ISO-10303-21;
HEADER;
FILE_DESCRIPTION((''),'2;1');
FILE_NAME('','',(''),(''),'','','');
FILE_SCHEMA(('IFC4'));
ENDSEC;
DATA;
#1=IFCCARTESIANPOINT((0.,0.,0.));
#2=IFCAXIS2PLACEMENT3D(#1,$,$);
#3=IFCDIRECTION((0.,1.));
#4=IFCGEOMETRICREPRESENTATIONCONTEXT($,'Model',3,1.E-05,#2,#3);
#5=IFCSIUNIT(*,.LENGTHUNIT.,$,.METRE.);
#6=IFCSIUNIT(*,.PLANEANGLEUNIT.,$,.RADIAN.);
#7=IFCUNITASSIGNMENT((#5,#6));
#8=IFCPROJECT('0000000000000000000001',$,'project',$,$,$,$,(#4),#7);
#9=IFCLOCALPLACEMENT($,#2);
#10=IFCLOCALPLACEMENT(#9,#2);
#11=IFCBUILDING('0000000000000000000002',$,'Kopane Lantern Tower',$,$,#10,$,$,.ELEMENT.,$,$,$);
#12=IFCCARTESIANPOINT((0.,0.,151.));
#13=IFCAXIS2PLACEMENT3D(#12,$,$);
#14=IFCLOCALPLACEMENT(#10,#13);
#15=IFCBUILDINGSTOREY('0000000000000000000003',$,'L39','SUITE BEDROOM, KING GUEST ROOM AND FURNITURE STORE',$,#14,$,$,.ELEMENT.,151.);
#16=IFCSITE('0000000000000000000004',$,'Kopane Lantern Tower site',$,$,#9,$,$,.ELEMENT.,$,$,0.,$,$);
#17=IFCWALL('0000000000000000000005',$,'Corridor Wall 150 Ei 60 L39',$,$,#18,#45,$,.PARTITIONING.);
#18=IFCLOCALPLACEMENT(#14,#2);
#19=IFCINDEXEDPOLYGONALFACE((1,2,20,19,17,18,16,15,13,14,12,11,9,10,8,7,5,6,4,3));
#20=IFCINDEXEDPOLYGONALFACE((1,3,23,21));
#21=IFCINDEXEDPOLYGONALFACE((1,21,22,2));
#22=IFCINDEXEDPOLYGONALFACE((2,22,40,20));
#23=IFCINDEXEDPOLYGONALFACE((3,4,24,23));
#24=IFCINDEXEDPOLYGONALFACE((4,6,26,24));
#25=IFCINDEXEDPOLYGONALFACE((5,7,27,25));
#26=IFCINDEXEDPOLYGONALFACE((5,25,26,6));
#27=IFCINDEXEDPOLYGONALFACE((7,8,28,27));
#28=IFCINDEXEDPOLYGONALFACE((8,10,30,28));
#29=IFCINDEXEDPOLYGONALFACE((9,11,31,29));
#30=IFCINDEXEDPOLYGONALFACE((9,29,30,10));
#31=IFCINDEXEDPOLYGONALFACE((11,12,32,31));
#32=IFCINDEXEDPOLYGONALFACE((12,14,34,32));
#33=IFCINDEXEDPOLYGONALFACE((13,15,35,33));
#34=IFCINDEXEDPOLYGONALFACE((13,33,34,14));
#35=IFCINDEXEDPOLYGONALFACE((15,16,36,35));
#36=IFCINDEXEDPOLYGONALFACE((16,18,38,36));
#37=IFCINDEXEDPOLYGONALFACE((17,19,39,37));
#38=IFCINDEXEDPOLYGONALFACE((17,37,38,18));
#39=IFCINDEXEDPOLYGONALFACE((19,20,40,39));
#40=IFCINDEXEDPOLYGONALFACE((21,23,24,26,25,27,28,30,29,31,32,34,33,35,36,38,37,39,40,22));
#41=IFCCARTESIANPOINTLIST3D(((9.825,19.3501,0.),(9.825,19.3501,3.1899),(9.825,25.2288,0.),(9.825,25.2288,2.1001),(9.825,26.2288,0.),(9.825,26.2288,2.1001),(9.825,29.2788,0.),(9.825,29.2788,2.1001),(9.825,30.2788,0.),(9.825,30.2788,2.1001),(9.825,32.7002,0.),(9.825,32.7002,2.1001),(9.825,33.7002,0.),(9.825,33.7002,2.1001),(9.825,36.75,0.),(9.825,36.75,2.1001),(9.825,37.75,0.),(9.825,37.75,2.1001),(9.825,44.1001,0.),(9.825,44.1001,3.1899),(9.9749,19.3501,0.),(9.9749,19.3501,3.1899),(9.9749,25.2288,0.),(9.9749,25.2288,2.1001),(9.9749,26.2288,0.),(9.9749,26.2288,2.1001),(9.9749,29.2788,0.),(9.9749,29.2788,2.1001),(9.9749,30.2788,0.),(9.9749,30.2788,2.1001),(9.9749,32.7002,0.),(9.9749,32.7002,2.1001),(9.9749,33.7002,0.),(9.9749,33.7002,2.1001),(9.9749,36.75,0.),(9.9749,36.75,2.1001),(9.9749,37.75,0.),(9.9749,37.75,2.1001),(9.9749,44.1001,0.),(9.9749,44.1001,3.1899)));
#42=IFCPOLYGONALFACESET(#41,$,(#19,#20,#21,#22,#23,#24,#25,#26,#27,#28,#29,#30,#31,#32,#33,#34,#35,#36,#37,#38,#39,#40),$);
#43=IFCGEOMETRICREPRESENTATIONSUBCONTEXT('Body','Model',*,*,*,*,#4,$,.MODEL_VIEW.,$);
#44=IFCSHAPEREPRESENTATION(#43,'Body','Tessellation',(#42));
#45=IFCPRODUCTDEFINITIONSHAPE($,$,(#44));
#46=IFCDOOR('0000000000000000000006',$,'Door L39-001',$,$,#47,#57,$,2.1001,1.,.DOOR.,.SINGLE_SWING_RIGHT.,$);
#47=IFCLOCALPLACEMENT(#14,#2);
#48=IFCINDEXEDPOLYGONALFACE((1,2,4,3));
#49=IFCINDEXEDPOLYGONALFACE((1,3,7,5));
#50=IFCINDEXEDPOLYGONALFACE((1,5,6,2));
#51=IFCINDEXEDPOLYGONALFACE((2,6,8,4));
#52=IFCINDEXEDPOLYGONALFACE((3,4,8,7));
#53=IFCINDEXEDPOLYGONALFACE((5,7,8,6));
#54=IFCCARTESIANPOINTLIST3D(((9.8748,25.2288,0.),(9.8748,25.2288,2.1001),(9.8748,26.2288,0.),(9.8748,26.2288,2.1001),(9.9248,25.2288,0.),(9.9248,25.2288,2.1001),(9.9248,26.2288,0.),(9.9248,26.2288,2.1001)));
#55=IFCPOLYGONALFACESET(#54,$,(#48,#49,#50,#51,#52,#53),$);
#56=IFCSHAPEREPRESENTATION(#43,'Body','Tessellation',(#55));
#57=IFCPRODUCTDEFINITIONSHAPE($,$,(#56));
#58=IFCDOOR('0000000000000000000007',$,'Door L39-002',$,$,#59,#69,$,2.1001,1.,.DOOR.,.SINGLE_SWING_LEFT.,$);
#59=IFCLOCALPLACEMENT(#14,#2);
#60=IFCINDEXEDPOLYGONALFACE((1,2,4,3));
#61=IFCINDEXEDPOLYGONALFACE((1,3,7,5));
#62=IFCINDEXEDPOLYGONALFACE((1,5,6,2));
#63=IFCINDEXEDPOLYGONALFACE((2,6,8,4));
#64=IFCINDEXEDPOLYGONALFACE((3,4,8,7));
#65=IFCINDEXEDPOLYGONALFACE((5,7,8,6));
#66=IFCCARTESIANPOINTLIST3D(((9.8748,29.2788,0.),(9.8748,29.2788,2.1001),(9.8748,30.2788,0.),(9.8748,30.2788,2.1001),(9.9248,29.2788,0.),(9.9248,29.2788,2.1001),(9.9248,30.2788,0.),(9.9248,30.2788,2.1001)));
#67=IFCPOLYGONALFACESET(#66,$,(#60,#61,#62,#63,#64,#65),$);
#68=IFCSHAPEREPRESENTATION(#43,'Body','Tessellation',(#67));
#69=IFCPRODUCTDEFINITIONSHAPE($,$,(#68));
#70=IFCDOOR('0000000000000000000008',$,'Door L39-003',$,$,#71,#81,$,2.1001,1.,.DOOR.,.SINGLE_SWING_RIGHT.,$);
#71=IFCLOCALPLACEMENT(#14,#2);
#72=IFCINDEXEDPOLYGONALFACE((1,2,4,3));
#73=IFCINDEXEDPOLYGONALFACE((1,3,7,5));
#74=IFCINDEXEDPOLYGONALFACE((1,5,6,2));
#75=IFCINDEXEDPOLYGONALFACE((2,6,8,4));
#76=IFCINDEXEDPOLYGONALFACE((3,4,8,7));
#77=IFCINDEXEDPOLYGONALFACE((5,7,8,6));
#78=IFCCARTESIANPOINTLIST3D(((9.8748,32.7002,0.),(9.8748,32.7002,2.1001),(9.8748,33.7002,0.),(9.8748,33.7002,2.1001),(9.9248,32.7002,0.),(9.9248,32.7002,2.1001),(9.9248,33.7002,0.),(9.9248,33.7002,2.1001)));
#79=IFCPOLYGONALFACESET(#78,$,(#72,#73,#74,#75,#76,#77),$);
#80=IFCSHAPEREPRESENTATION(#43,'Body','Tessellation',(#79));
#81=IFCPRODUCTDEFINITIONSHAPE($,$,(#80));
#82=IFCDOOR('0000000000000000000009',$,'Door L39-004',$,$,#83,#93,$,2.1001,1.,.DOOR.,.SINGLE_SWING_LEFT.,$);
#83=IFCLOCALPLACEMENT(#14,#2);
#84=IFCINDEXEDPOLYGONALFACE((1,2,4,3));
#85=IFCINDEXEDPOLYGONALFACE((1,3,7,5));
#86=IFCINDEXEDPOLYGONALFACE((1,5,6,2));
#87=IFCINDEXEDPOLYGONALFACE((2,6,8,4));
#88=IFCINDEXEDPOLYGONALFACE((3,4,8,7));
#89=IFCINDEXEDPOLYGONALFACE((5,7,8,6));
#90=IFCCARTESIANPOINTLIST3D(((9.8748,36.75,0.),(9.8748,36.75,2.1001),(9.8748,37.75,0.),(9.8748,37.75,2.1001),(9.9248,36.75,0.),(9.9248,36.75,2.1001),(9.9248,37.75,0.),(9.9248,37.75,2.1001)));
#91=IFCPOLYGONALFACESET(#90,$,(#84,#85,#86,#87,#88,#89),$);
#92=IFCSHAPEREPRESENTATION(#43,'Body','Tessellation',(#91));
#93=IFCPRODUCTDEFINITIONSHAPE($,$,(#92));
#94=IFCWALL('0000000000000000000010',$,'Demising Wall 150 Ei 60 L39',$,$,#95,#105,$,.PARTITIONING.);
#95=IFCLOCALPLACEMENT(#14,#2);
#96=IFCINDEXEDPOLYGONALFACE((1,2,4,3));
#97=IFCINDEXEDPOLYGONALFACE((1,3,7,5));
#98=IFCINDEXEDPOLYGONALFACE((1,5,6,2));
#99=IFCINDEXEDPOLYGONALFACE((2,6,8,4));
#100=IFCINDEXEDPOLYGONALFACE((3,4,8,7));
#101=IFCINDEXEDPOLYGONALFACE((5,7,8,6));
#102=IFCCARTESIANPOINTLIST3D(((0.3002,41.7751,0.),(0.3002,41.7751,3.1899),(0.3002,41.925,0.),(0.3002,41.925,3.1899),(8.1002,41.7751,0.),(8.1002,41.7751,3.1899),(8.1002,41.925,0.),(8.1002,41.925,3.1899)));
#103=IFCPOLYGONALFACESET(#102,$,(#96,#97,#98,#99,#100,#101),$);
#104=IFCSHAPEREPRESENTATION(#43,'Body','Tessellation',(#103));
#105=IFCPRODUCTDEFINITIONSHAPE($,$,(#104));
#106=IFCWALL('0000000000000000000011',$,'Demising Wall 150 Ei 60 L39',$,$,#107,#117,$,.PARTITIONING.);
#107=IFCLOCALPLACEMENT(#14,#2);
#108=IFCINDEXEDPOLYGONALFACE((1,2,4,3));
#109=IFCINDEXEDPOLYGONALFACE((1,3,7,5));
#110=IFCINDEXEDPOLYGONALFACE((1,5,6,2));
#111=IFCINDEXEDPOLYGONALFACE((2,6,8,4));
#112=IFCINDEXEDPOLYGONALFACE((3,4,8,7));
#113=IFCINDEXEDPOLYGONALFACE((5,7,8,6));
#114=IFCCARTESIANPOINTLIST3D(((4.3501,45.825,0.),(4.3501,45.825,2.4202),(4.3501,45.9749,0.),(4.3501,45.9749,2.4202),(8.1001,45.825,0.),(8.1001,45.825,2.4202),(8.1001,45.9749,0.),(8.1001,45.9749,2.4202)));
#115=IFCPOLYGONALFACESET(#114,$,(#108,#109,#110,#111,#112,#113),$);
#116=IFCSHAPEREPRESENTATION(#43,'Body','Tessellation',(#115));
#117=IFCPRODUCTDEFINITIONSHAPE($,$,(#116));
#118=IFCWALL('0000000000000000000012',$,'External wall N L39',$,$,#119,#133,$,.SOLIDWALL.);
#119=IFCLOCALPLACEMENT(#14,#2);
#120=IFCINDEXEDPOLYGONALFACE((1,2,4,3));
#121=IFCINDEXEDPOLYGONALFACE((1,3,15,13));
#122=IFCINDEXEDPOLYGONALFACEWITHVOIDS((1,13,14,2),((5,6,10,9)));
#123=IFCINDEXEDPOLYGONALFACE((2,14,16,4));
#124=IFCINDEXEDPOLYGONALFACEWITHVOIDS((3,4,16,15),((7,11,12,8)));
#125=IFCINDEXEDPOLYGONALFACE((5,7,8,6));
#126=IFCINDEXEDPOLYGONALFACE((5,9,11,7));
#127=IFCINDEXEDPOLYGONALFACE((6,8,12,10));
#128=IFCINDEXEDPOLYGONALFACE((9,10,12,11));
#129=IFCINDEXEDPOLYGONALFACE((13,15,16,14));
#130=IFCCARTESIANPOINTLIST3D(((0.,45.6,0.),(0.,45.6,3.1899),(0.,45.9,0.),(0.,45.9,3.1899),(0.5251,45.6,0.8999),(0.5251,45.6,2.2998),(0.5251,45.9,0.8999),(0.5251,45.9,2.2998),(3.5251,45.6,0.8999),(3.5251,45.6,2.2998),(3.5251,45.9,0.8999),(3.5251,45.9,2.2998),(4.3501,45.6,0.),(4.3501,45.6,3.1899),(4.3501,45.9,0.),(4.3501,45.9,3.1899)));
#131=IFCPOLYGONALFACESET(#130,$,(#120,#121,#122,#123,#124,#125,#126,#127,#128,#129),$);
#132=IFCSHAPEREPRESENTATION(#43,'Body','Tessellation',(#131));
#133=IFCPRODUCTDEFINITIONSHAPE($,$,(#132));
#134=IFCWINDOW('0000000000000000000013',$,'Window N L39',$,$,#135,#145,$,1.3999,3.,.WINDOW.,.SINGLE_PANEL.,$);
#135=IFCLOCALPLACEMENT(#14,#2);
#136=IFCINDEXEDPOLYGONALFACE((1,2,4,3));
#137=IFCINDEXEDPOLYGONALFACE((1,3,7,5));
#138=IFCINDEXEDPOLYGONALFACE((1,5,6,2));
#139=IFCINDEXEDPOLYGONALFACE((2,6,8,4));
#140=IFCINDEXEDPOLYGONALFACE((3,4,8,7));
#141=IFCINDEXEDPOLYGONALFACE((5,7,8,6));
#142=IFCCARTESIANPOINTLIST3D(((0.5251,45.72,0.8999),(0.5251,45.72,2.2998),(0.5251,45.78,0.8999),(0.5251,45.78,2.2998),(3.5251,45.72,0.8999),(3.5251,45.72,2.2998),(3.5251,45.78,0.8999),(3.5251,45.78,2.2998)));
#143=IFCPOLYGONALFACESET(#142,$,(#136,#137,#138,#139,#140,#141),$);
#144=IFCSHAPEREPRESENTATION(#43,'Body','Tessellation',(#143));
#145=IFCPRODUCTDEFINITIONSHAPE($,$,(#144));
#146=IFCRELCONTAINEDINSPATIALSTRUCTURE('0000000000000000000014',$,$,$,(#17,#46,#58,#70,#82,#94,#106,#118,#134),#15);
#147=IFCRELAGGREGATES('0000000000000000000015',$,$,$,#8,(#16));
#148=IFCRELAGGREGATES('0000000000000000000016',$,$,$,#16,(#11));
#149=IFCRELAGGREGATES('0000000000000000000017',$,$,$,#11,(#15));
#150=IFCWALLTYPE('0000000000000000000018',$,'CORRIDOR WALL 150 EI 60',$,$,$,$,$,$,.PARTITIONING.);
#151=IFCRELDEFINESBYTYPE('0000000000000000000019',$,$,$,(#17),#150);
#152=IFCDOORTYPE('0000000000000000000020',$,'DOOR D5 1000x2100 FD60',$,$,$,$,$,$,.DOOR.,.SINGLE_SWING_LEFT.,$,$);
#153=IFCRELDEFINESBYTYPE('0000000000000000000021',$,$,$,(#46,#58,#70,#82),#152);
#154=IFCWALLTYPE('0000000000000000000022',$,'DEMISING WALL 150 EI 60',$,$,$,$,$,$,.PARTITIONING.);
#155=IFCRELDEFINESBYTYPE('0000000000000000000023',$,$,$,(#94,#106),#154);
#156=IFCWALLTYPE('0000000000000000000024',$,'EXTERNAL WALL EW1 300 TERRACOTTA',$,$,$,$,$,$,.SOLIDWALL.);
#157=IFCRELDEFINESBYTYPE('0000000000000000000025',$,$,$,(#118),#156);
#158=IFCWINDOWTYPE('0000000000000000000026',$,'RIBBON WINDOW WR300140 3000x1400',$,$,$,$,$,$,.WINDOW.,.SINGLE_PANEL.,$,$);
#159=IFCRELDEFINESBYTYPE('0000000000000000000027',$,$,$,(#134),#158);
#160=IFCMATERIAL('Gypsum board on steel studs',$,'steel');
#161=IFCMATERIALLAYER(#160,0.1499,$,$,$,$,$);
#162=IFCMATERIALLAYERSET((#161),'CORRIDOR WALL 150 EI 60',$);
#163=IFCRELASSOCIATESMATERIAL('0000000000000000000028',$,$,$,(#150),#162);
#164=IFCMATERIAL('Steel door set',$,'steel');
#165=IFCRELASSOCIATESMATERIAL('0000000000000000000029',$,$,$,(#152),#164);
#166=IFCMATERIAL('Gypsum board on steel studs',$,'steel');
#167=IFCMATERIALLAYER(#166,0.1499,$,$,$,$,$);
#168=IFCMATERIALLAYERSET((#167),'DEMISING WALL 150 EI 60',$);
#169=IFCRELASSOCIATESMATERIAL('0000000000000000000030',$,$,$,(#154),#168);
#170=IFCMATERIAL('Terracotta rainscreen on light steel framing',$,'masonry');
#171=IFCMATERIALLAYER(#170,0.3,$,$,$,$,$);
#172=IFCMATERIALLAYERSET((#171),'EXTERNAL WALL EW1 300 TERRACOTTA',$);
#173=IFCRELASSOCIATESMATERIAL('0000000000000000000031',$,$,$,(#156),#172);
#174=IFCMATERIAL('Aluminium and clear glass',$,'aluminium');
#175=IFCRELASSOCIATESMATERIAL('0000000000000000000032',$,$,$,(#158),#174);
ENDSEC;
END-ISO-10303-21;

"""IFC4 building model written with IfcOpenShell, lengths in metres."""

from ifc_helpers import new_model, si_unit, direction, frame, frame_2d, origin, place, context, subcontext, project, spatial, rectangle, extrude, material, layer, layer_set, type_object, element, fill, save


model = new_model("IFC4")

# Units and contexts
model_context = context("Model", 3, precision=1e-05, world=origin(), true_north=direction((0.0, 1.0)))
body_context = subcontext(model_context, "Body", "Model", "MODEL_VIEW")
ifc_project = project(units=[si_unit("LENGTHUNIT", "METRE"), si_unit("PLANEANGLEUNIT", "RADIAN")], contexts=[model_context])

# Site, building, storey
site_placement = place(None, origin())
site = spatial("IfcSite", under=ifc_project, at=site_placement, Name="Kopane Lantern Tower site", CompositionType="ELEMENT", RefElevation=0.0)
building_placement = place(site_placement, origin())
building = spatial("IfcBuilding", under=site, at=building_placement, Name="Kopane Lantern Tower", CompositionType="ELEMENT")
storey_placement = place(building_placement, frame((0.0, 0.0, 151.0)))
storey = spatial("IfcBuildingStorey", under=building, at=storey_placement, Name="L39", Description="SUITE BEDROOM, KING GUEST ROOM AND FURNITURE STORE", CompositionType="ELEMENT", Elevation=151.0)

# Wall, openings, doors
ifc_material_1 = material(Name="Gypsum board on steel studs", Category="steel")
ifc_layer_1 = layer(ifc_material_1, 0.1499)
ifc_layer_set_1 = layer_set([ifc_layer_1], Name="CORRIDOR WALL 150 EI 60")
wall_type_1 = type_object("IfcWallType", Name="CORRIDOR WALL 150 EI 60", PredefinedType="PARTITIONING", material=ifc_layer_set_1)
wall_1_placement = place(storey_placement, frame((9.8999, 44.1001, 0.0), z_axis=(0.0, 0.0, 1.0), x_axis=(0.0, -1.0, 0.0)))
wall_1 = element("IfcWall", 1, at=wall_1_placement, inside=storey, type_object=wall_type_1, Name="Corridor Wall 150 Ei 60 L39", PredefinedType="PARTITIONING", context=body_context, shape_type="SweptSolid", body=[
    extrude(rectangle(XDim=24.75, YDim=0.1499, at=frame_2d((12.375, 0.0))), origin(), (0.0, 0.0, 1.0), 3.1899),
])
opening_1_placement = place(wall_1_placement, frame((17.8713, 0.0, 0.0)))
opening_1 = element("IfcOpeningElement", 2, at=opening_1_placement, cuts=wall_1, PredefinedType="OPENING", context=body_context, shape_type="SweptSolid", body=[
    extrude(rectangle(XDim=1.0, YDim=2.1001, at=frame_2d((0.5, 1.05))), frame((0.0, 0.085, 0.0), z_axis=(0.0, -1.0, 0.0), x_axis=(1.0, 0.0, 0.0)), (0.0, 0.0, 1.0), 0.1699),
])
opening_2_placement = place(wall_1_placement, frame((13.8213, 0.0, 0.0)))
opening_2 = element("IfcOpeningElement", 3, at=opening_2_placement, cuts=wall_1, PredefinedType="OPENING", context=body_context, shape_type="SweptSolid", body=[
    extrude(rectangle(XDim=1.0, YDim=2.1001, at=frame_2d((0.5, 1.05))), frame((0.0, 0.085, 0.0), z_axis=(0.0, -1.0, 0.0), x_axis=(1.0, 0.0, 0.0)), (0.0, 0.0, 1.0), 0.1699),
])
opening_3_placement = place(wall_1_placement, frame((10.3999, 0.0, 0.0)))
opening_3 = element("IfcOpeningElement", 4, at=opening_3_placement, cuts=wall_1, PredefinedType="OPENING", context=body_context, shape_type="SweptSolid", body=[
    extrude(rectangle(XDim=1.0, YDim=2.1001, at=frame_2d((0.5, 1.05))), frame((0.0, 0.085, 0.0), z_axis=(0.0, -1.0, 0.0), x_axis=(1.0, 0.0, 0.0)), (0.0, 0.0, 1.0), 0.1699),
])
opening_4_placement = place(wall_1_placement, frame((6.3501, 0.0, 0.0)))
opening_4 = element("IfcOpeningElement", 5, at=opening_4_placement, cuts=wall_1, PredefinedType="OPENING", context=body_context, shape_type="SweptSolid", body=[
    extrude(rectangle(XDim=1.0, YDim=2.1001, at=frame_2d((0.5, 1.05))), frame((0.0, 0.085, 0.0), z_axis=(0.0, -1.0, 0.0), x_axis=(1.0, 0.0, 0.0)), (0.0, 0.0, 1.0), 0.1699),
])
ifc_material_2 = material(Name="Steel door set", Category="steel")
door_type_1 = type_object("IfcDoorType", Name="DOOR D5 1000x2100 FD60", OperationType="SINGLE_SWING_LEFT", PredefinedType="DOOR", material=ifc_material_2)
door_1_placement = place(opening_1_placement, origin())
door_1 = element("IfcDoor", 6, at=door_1_placement, inside=storey, type_object=door_type_1, Name="Door L39-001", OperationType="SINGLE_SWING_RIGHT", OverallHeight=2.1001, OverallWidth=1.0, PredefinedType="DOOR", context=body_context, shape_type="SweptSolid", body=[
    extrude(rectangle(XDim=1.0, YDim=2.1001, at=frame_2d((0.5, 1.05))), frame((0.0, 0.0249, 0.0), z_axis=(0.0, -1.0, 0.0), x_axis=(1.0, 0.0, 0.0)), (0.0, 0.0, 1.0), 0.05),
])
fill(opening_1, door_1)
door_2_placement = place(opening_2_placement, origin())
door_2 = element("IfcDoor", 7, at=door_2_placement, inside=storey, type_object=door_type_1, Name="Door L39-002", OperationType="SINGLE_SWING_LEFT", OverallHeight=2.1001, OverallWidth=1.0, PredefinedType="DOOR", context=body_context, shape_type="SweptSolid", body=[
    extrude(rectangle(XDim=1.0, YDim=2.1001, at=frame_2d((0.5, 1.05))), frame((0.0, 0.0249, 0.0), z_axis=(0.0, -1.0, 0.0), x_axis=(1.0, 0.0, 0.0)), (0.0, 0.0, 1.0), 0.05),
])
fill(opening_2, door_2)
door_3_placement = place(opening_3_placement, origin())
door_3 = element("IfcDoor", 8, at=door_3_placement, inside=storey, type_object=door_type_1, Name="Door L39-003", OperationType="SINGLE_SWING_RIGHT", OverallHeight=2.1001, OverallWidth=1.0, PredefinedType="DOOR", context=body_context, shape_type="SweptSolid", body=[
    extrude(rectangle(XDim=1.0, YDim=2.1001, at=frame_2d((0.5, 1.05))), frame((0.0, 0.0249, 0.0), z_axis=(0.0, -1.0, 0.0), x_axis=(1.0, 0.0, 0.0)), (0.0, 0.0, 1.0), 0.05),
])
fill(opening_3, door_3)
door_4_placement = place(opening_4_placement, origin())
door_4 = element("IfcDoor", 9, at=door_4_placement, inside=storey, type_object=door_type_1, Name="Door L39-004", OperationType="SINGLE_SWING_LEFT", OverallHeight=2.1001, OverallWidth=1.0, PredefinedType="DOOR", context=body_context, shape_type="SweptSolid", body=[
    extrude(rectangle(XDim=1.0, YDim=2.1001, at=frame_2d((0.5, 1.05))), frame((0.0, 0.0249, 0.0), z_axis=(0.0, -1.0, 0.0), x_axis=(1.0, 0.0, 0.0)), (0.0, 0.0, 1.0), 0.05),
])
fill(opening_4, door_4)

# Walls
ifc_material_3 = material(Name="Gypsum board on steel studs", Category="steel")
ifc_layer_2 = layer(ifc_material_3, 0.1499)
ifc_layer_set_2 = layer_set([ifc_layer_2], Name="DEMISING WALL 150 EI 60")
wall_type_2 = type_object("IfcWallType", Name="DEMISING WALL 150 EI 60", PredefinedType="PARTITIONING", material=ifc_layer_set_2)
wall_2_placement = place(storey_placement, frame((8.1001, 41.8501, 0.0), z_axis=(0.0, 0.0, 1.0), x_axis=(-1.0, 0.0, 0.0)))
element("IfcWall", 10, at=wall_2_placement, inside=storey, type_object=wall_type_2, Name="Demising Wall 150 Ei 60 L39", PredefinedType="PARTITIONING", context=body_context, shape_type="SweptSolid", body=[
    extrude(rectangle(XDim=7.8, YDim=0.1499, at=frame_2d((3.8999, 0.0))), origin(), (0.0, 0.0, 1.0), 3.1899),
])
wall_3_placement = place(storey_placement, frame((4.3501, 45.8999, 0.0), z_axis=(0.0, 0.0, 1.0), x_axis=(1.0, 0.0, 0.0)))
element("IfcWall", 11, at=wall_3_placement, inside=storey, type_object=wall_type_2, Name="Demising Wall 150 Ei 60 L39", PredefinedType="PARTITIONING", context=body_context, shape_type="SweptSolid", body=[
    extrude(rectangle(XDim=3.75, YDim=0.1499, at=frame_2d((1.875, 0.0))), origin(), (0.0, 0.0, 1.0), 2.4202),
])

# Wall, opening, window
ifc_material_4 = material(Name="Terracotta rainscreen on light steel framing", Category="masonry")
ifc_layer_3 = layer(ifc_material_4, 0.3)
ifc_layer_set_3 = layer_set([ifc_layer_3], Name="EXTERNAL WALL EW1 300 TERRACOTTA")
wall_type_3 = type_object("IfcWallType", Name="EXTERNAL WALL EW1 300 TERRACOTTA", PredefinedType="SOLIDWALL", material=ifc_layer_set_3)
wall_4_placement = place(storey_placement, frame((4.3501, 45.75, 0.0), z_axis=(0.0, 0.0, 1.0), x_axis=(-1.0, 0.0, 0.0)))
wall_4 = element("IfcWall", 12, at=wall_4_placement, inside=storey, type_object=wall_type_3, Name="External wall N L39", PredefinedType="SOLIDWALL", context=body_context, shape_type="SweptSolid", body=[
    extrude(rectangle(XDim=4.3501, YDim=0.3, at=frame_2d((2.175, 0.0))), origin(), (0.0, 0.0, 1.0), 3.1899),
])
opening_5_placement = place(wall_4_placement, frame((0.825, 0.0, 0.8999)))
opening_5 = element("IfcOpeningElement", 13, at=opening_5_placement, cuts=wall_4, PredefinedType="OPENING", context=body_context, shape_type="SweptSolid", body=[
    extrude(rectangle(XDim=3.0, YDim=1.3999, at=frame_2d((1.5, 0.7))), frame((0.0, 0.1599, 0.0), z_axis=(0.0, -1.0, 0.0), x_axis=(1.0, 0.0, 0.0)), (0.0, 0.0, 1.0), 0.3201),
])
ifc_material_5 = material(Name="Aluminium and clear glass", Category="aluminium")
window_type = type_object("IfcWindowType", Name="RIBBON WINDOW WR300140 3000x1400", PartitioningType="SINGLE_PANEL", PredefinedType="WINDOW", material=ifc_material_5)
window_1_placement = place(opening_5_placement, origin())
window_1 = element("IfcWindow", 14, at=window_1_placement, inside=storey, type_object=window_type, Name="Window N L39", OverallHeight=1.3999, OverallWidth=3.0, PartitioningType="SINGLE_PANEL", PredefinedType="WINDOW", context=body_context, shape_type="SweptSolid", body=[
    extrude(rectangle(XDim=3.0, YDim=1.3999, at=frame_2d((1.5, 0.7))), frame((0.0, 0.03, 0.0), z_axis=(0.0, -1.0, 0.0), x_axis=(1.0, 0.0, 0.0)), (0.0, 0.0, 1.0), 0.0601),
])
fill(opening_5, window_1)

save(model, "model.ifc")
